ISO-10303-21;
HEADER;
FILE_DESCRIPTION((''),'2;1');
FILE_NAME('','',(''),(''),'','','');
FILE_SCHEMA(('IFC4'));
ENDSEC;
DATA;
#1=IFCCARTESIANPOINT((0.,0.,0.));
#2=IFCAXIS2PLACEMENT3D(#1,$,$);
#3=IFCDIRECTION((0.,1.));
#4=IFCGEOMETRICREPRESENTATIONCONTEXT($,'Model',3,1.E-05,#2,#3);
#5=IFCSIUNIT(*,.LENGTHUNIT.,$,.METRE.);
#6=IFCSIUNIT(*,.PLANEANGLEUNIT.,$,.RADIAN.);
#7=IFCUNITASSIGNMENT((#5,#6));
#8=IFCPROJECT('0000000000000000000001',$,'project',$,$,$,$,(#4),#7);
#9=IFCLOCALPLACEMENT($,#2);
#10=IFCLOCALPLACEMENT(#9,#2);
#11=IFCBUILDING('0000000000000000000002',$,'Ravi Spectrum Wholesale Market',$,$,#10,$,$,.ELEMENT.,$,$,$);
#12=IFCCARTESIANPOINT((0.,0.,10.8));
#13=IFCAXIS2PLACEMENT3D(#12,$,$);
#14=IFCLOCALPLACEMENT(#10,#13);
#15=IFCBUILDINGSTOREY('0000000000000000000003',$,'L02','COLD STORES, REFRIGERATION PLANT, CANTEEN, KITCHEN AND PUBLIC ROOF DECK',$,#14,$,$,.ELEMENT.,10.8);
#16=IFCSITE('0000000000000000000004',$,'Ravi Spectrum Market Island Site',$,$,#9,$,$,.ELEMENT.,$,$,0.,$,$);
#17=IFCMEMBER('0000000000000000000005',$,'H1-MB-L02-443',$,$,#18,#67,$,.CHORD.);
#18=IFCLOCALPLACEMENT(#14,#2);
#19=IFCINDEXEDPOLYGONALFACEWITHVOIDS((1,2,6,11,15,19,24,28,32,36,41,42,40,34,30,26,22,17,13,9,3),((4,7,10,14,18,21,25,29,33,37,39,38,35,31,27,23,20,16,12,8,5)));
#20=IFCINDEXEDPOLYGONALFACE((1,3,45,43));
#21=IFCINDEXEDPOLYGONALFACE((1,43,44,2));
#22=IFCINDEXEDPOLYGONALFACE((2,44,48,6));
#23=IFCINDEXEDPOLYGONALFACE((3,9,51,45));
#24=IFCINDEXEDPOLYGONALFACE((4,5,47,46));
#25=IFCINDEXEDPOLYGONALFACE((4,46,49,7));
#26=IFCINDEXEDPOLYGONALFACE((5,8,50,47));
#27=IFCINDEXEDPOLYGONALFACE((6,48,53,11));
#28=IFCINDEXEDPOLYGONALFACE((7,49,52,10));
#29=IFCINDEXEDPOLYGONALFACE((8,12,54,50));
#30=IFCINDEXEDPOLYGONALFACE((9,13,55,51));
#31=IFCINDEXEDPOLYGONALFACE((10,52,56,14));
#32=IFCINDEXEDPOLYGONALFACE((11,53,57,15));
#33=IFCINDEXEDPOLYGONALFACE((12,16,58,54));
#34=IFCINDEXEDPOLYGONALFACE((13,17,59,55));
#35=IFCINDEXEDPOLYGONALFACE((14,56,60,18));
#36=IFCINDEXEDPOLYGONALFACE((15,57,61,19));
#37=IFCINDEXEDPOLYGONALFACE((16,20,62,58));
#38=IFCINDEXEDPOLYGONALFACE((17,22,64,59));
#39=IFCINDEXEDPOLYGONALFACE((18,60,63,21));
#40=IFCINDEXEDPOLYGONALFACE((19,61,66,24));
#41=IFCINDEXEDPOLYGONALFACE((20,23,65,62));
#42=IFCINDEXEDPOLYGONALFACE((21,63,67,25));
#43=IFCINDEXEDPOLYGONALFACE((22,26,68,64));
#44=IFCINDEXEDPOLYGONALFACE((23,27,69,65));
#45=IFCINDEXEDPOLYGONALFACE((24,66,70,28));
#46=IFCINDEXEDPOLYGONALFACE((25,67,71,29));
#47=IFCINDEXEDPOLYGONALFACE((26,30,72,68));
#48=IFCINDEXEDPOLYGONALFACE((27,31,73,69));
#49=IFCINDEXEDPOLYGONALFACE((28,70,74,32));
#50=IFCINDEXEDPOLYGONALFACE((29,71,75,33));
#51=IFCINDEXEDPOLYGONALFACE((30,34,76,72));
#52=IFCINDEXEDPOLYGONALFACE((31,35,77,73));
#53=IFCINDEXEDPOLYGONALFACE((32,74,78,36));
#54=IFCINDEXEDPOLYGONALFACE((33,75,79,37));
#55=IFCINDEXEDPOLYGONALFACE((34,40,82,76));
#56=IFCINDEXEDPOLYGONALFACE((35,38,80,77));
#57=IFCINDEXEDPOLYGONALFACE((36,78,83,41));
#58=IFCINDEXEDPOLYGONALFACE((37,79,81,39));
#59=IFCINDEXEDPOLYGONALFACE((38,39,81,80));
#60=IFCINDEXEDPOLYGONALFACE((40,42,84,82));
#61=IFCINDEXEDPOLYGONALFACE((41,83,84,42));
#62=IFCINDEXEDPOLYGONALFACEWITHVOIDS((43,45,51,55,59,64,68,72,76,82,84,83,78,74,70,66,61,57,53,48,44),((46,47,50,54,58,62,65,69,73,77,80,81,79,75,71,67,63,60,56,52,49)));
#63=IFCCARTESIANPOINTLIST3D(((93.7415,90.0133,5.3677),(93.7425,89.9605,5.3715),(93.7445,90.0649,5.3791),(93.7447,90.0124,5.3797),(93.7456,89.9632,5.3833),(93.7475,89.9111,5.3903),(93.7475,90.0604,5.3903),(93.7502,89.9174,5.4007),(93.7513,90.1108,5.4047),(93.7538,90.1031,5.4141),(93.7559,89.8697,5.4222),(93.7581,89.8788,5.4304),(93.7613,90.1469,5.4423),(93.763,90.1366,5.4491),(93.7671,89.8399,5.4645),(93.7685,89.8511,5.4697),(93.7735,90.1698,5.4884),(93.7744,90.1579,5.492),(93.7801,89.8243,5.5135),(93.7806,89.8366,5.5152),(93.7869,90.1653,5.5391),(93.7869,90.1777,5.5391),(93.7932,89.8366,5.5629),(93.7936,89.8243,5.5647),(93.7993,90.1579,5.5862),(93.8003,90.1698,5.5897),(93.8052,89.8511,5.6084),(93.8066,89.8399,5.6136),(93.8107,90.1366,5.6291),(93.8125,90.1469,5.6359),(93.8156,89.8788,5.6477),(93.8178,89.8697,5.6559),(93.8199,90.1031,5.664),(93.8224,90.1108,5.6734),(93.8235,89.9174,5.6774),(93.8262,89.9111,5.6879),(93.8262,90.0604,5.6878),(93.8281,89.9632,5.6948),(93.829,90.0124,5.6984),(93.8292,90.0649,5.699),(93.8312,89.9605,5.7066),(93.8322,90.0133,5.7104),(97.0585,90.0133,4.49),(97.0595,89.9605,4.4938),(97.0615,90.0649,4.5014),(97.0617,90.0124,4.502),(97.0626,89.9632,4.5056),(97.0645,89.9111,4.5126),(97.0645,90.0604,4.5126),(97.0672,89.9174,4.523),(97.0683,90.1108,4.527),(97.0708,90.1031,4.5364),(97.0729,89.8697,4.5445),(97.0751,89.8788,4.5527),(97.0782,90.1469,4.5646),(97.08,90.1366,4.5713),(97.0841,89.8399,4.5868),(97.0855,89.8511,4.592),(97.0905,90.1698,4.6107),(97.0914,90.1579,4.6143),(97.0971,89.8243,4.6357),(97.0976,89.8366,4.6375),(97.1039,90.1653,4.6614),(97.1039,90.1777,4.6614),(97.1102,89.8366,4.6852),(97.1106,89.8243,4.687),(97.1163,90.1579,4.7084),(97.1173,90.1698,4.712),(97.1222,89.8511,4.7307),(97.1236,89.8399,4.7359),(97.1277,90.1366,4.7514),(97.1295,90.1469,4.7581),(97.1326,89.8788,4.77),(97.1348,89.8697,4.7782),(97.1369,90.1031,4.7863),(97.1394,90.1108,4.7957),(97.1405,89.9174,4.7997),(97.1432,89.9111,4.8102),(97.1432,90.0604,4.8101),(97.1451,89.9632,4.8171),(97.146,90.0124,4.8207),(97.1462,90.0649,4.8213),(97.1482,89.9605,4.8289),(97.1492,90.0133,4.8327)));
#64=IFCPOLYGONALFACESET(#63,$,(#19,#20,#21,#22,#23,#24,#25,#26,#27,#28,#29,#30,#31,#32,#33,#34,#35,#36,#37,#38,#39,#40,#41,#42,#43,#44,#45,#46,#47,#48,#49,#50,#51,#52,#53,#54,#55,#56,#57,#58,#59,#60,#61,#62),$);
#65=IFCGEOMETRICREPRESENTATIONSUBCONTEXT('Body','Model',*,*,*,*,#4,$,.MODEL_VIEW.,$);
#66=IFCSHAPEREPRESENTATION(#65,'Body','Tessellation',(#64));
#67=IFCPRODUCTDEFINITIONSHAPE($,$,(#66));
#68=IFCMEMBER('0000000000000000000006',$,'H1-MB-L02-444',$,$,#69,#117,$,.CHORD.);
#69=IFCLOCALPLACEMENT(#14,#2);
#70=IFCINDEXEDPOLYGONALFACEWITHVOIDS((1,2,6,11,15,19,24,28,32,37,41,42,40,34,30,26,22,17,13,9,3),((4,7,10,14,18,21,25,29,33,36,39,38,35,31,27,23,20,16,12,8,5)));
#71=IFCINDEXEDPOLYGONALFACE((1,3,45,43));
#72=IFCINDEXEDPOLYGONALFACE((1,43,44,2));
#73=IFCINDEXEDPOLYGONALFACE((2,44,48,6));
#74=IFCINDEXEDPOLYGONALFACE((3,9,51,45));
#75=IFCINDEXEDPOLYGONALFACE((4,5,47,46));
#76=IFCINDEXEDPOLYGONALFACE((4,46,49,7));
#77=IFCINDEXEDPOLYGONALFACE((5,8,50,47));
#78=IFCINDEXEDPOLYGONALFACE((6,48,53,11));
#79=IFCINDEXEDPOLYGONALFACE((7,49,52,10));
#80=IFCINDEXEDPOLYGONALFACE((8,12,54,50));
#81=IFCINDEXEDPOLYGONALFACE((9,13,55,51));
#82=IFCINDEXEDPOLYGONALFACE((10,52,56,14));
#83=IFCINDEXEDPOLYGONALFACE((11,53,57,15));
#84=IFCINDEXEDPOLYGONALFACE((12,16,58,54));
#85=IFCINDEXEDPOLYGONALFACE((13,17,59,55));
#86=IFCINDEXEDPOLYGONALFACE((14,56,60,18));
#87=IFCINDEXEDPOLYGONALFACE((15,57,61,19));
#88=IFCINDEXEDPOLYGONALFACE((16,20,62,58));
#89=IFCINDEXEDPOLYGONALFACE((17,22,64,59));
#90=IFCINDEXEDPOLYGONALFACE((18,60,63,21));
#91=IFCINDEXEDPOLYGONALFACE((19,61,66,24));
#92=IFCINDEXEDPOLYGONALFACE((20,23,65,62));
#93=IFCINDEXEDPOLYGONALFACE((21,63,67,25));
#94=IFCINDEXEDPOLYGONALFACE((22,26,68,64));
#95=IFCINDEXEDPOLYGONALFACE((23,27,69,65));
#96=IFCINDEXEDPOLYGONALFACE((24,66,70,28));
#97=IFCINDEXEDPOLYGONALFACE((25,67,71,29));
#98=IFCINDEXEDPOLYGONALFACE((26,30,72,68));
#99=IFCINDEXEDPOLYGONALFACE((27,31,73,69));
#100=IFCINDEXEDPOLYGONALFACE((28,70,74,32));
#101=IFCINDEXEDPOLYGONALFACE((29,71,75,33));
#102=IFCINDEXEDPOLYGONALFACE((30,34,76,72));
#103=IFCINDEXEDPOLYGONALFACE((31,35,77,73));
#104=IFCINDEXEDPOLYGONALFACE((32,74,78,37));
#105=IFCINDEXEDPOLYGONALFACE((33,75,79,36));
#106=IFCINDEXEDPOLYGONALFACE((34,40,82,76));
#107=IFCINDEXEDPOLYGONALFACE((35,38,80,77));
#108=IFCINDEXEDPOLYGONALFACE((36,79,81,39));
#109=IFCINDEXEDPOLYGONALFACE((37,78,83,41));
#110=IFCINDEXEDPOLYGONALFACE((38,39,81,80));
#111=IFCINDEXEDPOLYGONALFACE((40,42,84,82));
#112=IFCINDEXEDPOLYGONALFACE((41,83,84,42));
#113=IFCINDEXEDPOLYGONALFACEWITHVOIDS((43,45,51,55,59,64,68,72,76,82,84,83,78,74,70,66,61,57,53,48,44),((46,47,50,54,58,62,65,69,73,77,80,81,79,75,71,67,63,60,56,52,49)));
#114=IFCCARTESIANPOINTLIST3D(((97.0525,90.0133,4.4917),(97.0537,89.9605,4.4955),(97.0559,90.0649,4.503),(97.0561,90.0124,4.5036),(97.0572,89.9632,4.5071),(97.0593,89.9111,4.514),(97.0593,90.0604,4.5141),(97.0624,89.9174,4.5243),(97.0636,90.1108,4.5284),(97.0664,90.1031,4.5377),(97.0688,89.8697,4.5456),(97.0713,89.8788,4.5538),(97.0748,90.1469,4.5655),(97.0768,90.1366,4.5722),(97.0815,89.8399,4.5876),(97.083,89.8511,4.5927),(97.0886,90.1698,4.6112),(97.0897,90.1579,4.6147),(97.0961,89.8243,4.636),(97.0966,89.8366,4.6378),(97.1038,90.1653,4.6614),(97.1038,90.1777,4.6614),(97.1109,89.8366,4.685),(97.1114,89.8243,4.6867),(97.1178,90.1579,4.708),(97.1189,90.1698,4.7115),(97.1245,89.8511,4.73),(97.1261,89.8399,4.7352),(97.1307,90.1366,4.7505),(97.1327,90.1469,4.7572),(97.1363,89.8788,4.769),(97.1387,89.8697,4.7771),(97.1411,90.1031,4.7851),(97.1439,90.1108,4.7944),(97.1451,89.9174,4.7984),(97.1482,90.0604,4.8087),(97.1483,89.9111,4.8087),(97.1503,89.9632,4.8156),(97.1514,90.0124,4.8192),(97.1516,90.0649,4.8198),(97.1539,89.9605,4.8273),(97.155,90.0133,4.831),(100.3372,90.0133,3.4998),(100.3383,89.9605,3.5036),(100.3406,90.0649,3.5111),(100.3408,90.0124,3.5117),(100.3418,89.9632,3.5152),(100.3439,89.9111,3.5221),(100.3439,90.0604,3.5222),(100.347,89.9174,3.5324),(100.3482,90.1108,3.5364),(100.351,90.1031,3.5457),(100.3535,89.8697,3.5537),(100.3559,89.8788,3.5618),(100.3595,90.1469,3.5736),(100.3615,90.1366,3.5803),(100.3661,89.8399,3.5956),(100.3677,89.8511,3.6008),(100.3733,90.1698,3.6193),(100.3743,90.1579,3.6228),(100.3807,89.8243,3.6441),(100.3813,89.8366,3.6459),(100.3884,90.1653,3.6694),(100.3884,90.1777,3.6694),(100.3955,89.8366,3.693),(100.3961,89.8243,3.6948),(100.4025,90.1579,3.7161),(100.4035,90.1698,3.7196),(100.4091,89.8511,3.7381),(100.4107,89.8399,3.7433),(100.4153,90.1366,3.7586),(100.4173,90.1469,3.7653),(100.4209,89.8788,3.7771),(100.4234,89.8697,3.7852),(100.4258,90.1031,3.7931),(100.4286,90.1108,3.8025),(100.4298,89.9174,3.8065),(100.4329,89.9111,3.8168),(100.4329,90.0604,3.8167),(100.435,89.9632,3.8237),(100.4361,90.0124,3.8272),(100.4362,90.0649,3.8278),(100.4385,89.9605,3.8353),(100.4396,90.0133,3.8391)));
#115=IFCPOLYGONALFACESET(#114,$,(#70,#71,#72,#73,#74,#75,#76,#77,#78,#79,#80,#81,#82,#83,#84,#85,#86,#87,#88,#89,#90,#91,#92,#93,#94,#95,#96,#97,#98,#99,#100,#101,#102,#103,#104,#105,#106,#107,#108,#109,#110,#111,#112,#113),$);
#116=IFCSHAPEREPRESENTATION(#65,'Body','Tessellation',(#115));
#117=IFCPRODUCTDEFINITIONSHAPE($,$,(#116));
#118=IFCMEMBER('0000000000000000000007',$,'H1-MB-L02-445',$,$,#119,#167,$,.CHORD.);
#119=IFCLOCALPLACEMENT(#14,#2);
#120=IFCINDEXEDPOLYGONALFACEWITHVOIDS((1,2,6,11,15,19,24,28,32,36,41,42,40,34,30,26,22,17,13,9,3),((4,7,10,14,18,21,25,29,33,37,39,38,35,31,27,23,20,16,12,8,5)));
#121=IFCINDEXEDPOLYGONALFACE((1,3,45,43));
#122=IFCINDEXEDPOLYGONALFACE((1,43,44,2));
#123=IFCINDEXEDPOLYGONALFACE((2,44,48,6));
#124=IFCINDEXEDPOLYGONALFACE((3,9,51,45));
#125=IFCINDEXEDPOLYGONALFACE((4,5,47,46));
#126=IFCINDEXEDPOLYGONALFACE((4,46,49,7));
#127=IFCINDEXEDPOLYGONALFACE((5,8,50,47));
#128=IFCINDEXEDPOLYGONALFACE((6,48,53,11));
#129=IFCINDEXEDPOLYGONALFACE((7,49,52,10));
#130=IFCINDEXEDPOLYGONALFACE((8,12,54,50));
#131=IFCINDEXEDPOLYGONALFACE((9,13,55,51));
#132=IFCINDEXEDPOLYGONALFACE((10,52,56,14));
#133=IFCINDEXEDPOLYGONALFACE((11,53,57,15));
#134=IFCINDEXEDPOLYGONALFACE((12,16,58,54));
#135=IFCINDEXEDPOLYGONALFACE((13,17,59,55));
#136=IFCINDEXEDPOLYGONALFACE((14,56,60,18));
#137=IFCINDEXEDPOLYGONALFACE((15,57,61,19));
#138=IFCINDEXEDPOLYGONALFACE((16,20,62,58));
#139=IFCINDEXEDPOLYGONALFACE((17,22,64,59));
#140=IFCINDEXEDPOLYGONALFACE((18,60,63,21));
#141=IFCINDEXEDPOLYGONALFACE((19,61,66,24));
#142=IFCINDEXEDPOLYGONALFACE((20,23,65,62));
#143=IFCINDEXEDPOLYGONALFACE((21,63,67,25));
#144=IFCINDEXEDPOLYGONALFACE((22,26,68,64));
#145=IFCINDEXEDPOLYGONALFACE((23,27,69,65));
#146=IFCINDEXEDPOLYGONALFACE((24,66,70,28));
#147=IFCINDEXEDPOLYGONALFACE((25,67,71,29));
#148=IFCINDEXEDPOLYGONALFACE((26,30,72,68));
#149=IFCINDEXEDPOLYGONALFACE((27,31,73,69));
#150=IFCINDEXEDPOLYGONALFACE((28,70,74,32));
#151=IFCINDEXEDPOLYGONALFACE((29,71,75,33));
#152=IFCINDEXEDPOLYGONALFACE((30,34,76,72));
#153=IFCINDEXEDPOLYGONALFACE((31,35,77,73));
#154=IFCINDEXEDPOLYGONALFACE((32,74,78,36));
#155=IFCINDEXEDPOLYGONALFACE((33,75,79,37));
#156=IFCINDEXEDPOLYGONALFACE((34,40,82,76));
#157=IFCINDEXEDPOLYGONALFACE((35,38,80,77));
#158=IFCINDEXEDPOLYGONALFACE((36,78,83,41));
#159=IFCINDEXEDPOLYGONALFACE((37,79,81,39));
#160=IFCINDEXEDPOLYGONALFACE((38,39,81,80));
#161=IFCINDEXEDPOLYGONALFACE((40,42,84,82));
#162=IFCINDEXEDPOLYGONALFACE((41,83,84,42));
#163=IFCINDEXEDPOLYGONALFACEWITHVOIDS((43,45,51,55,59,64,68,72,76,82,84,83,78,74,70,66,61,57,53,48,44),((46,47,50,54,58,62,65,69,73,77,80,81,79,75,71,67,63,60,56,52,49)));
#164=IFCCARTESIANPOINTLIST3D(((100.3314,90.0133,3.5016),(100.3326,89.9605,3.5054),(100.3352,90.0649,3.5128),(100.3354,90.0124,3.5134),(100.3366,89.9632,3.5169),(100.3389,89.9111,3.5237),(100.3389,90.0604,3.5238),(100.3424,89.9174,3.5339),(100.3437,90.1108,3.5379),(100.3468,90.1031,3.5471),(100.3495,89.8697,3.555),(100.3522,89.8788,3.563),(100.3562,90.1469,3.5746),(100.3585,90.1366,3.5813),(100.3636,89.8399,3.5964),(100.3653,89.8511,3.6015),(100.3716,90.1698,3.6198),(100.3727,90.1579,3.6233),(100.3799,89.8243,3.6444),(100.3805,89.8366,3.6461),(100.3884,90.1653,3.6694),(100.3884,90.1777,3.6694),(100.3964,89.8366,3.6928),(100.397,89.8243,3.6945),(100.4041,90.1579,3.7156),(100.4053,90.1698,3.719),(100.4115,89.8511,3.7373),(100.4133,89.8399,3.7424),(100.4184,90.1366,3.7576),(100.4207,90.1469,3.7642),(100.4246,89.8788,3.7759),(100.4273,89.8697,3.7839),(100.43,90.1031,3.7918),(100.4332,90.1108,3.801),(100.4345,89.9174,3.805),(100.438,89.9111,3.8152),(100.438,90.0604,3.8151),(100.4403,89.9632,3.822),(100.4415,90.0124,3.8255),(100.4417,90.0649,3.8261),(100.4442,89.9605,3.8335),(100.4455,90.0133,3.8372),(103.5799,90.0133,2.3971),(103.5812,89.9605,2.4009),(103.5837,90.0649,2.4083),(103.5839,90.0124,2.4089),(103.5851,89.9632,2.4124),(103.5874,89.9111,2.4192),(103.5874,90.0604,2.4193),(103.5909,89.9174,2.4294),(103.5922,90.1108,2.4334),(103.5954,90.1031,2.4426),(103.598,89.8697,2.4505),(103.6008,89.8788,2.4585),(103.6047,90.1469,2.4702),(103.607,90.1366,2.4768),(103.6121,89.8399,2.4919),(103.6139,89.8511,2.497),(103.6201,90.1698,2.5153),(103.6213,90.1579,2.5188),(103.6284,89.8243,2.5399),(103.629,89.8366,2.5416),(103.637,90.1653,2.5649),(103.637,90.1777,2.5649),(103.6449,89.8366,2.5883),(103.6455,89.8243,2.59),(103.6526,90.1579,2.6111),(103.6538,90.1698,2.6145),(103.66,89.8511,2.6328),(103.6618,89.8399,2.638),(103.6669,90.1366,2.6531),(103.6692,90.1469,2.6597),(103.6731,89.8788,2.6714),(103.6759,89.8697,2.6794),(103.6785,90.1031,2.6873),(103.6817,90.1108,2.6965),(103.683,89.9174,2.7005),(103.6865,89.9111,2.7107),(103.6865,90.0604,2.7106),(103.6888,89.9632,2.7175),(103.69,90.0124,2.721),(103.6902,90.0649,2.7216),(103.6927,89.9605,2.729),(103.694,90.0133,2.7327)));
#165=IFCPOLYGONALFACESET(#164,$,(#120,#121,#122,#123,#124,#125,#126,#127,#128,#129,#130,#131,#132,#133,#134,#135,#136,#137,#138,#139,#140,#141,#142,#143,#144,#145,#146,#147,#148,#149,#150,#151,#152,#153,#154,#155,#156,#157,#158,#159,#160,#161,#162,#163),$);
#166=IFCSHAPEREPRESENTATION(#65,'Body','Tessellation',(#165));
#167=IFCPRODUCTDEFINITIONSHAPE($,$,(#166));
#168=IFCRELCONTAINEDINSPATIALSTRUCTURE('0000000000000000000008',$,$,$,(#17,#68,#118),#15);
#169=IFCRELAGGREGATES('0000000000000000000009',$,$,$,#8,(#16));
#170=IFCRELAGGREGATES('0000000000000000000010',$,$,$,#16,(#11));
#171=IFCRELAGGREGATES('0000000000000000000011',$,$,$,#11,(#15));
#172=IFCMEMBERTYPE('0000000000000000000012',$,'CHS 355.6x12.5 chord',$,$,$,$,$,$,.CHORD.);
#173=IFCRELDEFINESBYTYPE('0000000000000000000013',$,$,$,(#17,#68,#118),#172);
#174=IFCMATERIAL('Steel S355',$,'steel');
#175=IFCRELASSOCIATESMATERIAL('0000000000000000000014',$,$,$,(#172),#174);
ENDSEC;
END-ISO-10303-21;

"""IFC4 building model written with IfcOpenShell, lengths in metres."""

from ifc_helpers import new_model, si_unit, direction, frame, origin, origin_2d, place, context, subcontext, project, spatial, hollow_circle, extrude, material, material_profile, profile_set, type_object, element, save


model = new_model("IFC4")

# Units and contexts
model_context = context("Model", 3, precision=1e-05, world=origin(), true_north=direction((0.0, 1.0)))
body_context = subcontext(model_context, "Body", "Model", "MODEL_VIEW")
ifc_project = project(units=[si_unit("LENGTHUNIT", "METRE"), si_unit("PLANEANGLEUNIT", "RADIAN")], contexts=[model_context])

# Site, building, storey
site_placement = place(None, origin())
site = spatial("IfcSite", under=ifc_project, at=site_placement, Name="Ravi Spectrum Market Island Site", CompositionType="ELEMENT", RefElevation=0.0)
building_placement = place(site_placement, origin())
building = spatial("IfcBuilding", under=site, at=building_placement, Name="Ravi Spectrum Wholesale Market", CompositionType="ELEMENT")
storey_placement = place(building_placement, frame((0.0, 0.0, 10.8)))
storey = spatial("IfcBuildingStorey", under=building, at=storey_placement, Name="L02", Description="COLD STORES, REFRIGERATION PLANT, CANTEEN, KITCHEN AND PUBLIC ROOF DECK", CompositionType="ELEMENT", Elevation=10.8)

# Members
ifc_material_1 = material(Name="Steel S355", Category="steel")
ifc_material_profile_1 = material_profile(ifc_material_1, hollow_circle(Radius=0.1777, WallThickness=0.0125, at=origin_2d()))
ifc_profile_set_1 = profile_set([ifc_material_profile_1], Name="Steel S355")
member_type_1 = type_object("IfcMemberType", Name="CHS 355.6x12.5 chord", PredefinedType="CHORD", material=ifc_profile_set_1)
for number, where, z_axis, x_axis, name in (
    (1, (93.7869, 90.0, 5.5391), (0.966728, 0.0, -0.255807), (0.0, 1.0, 0.0), "H1-MB-L02-443"),
    (2, (97.1038, 90.0, 4.6614), (0.9573, 0.0, -0.289097), (0.0, 1.0, 0.0), "H1-MB-L02-444"),
    (3, (100.3884, 90.0, 3.6694), (0.946774, 0.0, -0.3219), (0.0, 1.0, 0.0), "H1-MB-L02-445"),
):
    element("IfcMember", number, at=place(storey_placement, frame(where, z_axis=z_axis, x_axis=x_axis)), inside=storey, type_object=member_type_1, Name=name, PredefinedType="CHORD", context=body_context, shape_type="SweptSolid", body=[
        extrude(hollow_circle(Radius=0.1777, WallThickness=0.0125, at=origin_2d()), origin(), (0.0, 0.0, 1.0), 3.4312),
    ])

save(model, "model.ifc")
